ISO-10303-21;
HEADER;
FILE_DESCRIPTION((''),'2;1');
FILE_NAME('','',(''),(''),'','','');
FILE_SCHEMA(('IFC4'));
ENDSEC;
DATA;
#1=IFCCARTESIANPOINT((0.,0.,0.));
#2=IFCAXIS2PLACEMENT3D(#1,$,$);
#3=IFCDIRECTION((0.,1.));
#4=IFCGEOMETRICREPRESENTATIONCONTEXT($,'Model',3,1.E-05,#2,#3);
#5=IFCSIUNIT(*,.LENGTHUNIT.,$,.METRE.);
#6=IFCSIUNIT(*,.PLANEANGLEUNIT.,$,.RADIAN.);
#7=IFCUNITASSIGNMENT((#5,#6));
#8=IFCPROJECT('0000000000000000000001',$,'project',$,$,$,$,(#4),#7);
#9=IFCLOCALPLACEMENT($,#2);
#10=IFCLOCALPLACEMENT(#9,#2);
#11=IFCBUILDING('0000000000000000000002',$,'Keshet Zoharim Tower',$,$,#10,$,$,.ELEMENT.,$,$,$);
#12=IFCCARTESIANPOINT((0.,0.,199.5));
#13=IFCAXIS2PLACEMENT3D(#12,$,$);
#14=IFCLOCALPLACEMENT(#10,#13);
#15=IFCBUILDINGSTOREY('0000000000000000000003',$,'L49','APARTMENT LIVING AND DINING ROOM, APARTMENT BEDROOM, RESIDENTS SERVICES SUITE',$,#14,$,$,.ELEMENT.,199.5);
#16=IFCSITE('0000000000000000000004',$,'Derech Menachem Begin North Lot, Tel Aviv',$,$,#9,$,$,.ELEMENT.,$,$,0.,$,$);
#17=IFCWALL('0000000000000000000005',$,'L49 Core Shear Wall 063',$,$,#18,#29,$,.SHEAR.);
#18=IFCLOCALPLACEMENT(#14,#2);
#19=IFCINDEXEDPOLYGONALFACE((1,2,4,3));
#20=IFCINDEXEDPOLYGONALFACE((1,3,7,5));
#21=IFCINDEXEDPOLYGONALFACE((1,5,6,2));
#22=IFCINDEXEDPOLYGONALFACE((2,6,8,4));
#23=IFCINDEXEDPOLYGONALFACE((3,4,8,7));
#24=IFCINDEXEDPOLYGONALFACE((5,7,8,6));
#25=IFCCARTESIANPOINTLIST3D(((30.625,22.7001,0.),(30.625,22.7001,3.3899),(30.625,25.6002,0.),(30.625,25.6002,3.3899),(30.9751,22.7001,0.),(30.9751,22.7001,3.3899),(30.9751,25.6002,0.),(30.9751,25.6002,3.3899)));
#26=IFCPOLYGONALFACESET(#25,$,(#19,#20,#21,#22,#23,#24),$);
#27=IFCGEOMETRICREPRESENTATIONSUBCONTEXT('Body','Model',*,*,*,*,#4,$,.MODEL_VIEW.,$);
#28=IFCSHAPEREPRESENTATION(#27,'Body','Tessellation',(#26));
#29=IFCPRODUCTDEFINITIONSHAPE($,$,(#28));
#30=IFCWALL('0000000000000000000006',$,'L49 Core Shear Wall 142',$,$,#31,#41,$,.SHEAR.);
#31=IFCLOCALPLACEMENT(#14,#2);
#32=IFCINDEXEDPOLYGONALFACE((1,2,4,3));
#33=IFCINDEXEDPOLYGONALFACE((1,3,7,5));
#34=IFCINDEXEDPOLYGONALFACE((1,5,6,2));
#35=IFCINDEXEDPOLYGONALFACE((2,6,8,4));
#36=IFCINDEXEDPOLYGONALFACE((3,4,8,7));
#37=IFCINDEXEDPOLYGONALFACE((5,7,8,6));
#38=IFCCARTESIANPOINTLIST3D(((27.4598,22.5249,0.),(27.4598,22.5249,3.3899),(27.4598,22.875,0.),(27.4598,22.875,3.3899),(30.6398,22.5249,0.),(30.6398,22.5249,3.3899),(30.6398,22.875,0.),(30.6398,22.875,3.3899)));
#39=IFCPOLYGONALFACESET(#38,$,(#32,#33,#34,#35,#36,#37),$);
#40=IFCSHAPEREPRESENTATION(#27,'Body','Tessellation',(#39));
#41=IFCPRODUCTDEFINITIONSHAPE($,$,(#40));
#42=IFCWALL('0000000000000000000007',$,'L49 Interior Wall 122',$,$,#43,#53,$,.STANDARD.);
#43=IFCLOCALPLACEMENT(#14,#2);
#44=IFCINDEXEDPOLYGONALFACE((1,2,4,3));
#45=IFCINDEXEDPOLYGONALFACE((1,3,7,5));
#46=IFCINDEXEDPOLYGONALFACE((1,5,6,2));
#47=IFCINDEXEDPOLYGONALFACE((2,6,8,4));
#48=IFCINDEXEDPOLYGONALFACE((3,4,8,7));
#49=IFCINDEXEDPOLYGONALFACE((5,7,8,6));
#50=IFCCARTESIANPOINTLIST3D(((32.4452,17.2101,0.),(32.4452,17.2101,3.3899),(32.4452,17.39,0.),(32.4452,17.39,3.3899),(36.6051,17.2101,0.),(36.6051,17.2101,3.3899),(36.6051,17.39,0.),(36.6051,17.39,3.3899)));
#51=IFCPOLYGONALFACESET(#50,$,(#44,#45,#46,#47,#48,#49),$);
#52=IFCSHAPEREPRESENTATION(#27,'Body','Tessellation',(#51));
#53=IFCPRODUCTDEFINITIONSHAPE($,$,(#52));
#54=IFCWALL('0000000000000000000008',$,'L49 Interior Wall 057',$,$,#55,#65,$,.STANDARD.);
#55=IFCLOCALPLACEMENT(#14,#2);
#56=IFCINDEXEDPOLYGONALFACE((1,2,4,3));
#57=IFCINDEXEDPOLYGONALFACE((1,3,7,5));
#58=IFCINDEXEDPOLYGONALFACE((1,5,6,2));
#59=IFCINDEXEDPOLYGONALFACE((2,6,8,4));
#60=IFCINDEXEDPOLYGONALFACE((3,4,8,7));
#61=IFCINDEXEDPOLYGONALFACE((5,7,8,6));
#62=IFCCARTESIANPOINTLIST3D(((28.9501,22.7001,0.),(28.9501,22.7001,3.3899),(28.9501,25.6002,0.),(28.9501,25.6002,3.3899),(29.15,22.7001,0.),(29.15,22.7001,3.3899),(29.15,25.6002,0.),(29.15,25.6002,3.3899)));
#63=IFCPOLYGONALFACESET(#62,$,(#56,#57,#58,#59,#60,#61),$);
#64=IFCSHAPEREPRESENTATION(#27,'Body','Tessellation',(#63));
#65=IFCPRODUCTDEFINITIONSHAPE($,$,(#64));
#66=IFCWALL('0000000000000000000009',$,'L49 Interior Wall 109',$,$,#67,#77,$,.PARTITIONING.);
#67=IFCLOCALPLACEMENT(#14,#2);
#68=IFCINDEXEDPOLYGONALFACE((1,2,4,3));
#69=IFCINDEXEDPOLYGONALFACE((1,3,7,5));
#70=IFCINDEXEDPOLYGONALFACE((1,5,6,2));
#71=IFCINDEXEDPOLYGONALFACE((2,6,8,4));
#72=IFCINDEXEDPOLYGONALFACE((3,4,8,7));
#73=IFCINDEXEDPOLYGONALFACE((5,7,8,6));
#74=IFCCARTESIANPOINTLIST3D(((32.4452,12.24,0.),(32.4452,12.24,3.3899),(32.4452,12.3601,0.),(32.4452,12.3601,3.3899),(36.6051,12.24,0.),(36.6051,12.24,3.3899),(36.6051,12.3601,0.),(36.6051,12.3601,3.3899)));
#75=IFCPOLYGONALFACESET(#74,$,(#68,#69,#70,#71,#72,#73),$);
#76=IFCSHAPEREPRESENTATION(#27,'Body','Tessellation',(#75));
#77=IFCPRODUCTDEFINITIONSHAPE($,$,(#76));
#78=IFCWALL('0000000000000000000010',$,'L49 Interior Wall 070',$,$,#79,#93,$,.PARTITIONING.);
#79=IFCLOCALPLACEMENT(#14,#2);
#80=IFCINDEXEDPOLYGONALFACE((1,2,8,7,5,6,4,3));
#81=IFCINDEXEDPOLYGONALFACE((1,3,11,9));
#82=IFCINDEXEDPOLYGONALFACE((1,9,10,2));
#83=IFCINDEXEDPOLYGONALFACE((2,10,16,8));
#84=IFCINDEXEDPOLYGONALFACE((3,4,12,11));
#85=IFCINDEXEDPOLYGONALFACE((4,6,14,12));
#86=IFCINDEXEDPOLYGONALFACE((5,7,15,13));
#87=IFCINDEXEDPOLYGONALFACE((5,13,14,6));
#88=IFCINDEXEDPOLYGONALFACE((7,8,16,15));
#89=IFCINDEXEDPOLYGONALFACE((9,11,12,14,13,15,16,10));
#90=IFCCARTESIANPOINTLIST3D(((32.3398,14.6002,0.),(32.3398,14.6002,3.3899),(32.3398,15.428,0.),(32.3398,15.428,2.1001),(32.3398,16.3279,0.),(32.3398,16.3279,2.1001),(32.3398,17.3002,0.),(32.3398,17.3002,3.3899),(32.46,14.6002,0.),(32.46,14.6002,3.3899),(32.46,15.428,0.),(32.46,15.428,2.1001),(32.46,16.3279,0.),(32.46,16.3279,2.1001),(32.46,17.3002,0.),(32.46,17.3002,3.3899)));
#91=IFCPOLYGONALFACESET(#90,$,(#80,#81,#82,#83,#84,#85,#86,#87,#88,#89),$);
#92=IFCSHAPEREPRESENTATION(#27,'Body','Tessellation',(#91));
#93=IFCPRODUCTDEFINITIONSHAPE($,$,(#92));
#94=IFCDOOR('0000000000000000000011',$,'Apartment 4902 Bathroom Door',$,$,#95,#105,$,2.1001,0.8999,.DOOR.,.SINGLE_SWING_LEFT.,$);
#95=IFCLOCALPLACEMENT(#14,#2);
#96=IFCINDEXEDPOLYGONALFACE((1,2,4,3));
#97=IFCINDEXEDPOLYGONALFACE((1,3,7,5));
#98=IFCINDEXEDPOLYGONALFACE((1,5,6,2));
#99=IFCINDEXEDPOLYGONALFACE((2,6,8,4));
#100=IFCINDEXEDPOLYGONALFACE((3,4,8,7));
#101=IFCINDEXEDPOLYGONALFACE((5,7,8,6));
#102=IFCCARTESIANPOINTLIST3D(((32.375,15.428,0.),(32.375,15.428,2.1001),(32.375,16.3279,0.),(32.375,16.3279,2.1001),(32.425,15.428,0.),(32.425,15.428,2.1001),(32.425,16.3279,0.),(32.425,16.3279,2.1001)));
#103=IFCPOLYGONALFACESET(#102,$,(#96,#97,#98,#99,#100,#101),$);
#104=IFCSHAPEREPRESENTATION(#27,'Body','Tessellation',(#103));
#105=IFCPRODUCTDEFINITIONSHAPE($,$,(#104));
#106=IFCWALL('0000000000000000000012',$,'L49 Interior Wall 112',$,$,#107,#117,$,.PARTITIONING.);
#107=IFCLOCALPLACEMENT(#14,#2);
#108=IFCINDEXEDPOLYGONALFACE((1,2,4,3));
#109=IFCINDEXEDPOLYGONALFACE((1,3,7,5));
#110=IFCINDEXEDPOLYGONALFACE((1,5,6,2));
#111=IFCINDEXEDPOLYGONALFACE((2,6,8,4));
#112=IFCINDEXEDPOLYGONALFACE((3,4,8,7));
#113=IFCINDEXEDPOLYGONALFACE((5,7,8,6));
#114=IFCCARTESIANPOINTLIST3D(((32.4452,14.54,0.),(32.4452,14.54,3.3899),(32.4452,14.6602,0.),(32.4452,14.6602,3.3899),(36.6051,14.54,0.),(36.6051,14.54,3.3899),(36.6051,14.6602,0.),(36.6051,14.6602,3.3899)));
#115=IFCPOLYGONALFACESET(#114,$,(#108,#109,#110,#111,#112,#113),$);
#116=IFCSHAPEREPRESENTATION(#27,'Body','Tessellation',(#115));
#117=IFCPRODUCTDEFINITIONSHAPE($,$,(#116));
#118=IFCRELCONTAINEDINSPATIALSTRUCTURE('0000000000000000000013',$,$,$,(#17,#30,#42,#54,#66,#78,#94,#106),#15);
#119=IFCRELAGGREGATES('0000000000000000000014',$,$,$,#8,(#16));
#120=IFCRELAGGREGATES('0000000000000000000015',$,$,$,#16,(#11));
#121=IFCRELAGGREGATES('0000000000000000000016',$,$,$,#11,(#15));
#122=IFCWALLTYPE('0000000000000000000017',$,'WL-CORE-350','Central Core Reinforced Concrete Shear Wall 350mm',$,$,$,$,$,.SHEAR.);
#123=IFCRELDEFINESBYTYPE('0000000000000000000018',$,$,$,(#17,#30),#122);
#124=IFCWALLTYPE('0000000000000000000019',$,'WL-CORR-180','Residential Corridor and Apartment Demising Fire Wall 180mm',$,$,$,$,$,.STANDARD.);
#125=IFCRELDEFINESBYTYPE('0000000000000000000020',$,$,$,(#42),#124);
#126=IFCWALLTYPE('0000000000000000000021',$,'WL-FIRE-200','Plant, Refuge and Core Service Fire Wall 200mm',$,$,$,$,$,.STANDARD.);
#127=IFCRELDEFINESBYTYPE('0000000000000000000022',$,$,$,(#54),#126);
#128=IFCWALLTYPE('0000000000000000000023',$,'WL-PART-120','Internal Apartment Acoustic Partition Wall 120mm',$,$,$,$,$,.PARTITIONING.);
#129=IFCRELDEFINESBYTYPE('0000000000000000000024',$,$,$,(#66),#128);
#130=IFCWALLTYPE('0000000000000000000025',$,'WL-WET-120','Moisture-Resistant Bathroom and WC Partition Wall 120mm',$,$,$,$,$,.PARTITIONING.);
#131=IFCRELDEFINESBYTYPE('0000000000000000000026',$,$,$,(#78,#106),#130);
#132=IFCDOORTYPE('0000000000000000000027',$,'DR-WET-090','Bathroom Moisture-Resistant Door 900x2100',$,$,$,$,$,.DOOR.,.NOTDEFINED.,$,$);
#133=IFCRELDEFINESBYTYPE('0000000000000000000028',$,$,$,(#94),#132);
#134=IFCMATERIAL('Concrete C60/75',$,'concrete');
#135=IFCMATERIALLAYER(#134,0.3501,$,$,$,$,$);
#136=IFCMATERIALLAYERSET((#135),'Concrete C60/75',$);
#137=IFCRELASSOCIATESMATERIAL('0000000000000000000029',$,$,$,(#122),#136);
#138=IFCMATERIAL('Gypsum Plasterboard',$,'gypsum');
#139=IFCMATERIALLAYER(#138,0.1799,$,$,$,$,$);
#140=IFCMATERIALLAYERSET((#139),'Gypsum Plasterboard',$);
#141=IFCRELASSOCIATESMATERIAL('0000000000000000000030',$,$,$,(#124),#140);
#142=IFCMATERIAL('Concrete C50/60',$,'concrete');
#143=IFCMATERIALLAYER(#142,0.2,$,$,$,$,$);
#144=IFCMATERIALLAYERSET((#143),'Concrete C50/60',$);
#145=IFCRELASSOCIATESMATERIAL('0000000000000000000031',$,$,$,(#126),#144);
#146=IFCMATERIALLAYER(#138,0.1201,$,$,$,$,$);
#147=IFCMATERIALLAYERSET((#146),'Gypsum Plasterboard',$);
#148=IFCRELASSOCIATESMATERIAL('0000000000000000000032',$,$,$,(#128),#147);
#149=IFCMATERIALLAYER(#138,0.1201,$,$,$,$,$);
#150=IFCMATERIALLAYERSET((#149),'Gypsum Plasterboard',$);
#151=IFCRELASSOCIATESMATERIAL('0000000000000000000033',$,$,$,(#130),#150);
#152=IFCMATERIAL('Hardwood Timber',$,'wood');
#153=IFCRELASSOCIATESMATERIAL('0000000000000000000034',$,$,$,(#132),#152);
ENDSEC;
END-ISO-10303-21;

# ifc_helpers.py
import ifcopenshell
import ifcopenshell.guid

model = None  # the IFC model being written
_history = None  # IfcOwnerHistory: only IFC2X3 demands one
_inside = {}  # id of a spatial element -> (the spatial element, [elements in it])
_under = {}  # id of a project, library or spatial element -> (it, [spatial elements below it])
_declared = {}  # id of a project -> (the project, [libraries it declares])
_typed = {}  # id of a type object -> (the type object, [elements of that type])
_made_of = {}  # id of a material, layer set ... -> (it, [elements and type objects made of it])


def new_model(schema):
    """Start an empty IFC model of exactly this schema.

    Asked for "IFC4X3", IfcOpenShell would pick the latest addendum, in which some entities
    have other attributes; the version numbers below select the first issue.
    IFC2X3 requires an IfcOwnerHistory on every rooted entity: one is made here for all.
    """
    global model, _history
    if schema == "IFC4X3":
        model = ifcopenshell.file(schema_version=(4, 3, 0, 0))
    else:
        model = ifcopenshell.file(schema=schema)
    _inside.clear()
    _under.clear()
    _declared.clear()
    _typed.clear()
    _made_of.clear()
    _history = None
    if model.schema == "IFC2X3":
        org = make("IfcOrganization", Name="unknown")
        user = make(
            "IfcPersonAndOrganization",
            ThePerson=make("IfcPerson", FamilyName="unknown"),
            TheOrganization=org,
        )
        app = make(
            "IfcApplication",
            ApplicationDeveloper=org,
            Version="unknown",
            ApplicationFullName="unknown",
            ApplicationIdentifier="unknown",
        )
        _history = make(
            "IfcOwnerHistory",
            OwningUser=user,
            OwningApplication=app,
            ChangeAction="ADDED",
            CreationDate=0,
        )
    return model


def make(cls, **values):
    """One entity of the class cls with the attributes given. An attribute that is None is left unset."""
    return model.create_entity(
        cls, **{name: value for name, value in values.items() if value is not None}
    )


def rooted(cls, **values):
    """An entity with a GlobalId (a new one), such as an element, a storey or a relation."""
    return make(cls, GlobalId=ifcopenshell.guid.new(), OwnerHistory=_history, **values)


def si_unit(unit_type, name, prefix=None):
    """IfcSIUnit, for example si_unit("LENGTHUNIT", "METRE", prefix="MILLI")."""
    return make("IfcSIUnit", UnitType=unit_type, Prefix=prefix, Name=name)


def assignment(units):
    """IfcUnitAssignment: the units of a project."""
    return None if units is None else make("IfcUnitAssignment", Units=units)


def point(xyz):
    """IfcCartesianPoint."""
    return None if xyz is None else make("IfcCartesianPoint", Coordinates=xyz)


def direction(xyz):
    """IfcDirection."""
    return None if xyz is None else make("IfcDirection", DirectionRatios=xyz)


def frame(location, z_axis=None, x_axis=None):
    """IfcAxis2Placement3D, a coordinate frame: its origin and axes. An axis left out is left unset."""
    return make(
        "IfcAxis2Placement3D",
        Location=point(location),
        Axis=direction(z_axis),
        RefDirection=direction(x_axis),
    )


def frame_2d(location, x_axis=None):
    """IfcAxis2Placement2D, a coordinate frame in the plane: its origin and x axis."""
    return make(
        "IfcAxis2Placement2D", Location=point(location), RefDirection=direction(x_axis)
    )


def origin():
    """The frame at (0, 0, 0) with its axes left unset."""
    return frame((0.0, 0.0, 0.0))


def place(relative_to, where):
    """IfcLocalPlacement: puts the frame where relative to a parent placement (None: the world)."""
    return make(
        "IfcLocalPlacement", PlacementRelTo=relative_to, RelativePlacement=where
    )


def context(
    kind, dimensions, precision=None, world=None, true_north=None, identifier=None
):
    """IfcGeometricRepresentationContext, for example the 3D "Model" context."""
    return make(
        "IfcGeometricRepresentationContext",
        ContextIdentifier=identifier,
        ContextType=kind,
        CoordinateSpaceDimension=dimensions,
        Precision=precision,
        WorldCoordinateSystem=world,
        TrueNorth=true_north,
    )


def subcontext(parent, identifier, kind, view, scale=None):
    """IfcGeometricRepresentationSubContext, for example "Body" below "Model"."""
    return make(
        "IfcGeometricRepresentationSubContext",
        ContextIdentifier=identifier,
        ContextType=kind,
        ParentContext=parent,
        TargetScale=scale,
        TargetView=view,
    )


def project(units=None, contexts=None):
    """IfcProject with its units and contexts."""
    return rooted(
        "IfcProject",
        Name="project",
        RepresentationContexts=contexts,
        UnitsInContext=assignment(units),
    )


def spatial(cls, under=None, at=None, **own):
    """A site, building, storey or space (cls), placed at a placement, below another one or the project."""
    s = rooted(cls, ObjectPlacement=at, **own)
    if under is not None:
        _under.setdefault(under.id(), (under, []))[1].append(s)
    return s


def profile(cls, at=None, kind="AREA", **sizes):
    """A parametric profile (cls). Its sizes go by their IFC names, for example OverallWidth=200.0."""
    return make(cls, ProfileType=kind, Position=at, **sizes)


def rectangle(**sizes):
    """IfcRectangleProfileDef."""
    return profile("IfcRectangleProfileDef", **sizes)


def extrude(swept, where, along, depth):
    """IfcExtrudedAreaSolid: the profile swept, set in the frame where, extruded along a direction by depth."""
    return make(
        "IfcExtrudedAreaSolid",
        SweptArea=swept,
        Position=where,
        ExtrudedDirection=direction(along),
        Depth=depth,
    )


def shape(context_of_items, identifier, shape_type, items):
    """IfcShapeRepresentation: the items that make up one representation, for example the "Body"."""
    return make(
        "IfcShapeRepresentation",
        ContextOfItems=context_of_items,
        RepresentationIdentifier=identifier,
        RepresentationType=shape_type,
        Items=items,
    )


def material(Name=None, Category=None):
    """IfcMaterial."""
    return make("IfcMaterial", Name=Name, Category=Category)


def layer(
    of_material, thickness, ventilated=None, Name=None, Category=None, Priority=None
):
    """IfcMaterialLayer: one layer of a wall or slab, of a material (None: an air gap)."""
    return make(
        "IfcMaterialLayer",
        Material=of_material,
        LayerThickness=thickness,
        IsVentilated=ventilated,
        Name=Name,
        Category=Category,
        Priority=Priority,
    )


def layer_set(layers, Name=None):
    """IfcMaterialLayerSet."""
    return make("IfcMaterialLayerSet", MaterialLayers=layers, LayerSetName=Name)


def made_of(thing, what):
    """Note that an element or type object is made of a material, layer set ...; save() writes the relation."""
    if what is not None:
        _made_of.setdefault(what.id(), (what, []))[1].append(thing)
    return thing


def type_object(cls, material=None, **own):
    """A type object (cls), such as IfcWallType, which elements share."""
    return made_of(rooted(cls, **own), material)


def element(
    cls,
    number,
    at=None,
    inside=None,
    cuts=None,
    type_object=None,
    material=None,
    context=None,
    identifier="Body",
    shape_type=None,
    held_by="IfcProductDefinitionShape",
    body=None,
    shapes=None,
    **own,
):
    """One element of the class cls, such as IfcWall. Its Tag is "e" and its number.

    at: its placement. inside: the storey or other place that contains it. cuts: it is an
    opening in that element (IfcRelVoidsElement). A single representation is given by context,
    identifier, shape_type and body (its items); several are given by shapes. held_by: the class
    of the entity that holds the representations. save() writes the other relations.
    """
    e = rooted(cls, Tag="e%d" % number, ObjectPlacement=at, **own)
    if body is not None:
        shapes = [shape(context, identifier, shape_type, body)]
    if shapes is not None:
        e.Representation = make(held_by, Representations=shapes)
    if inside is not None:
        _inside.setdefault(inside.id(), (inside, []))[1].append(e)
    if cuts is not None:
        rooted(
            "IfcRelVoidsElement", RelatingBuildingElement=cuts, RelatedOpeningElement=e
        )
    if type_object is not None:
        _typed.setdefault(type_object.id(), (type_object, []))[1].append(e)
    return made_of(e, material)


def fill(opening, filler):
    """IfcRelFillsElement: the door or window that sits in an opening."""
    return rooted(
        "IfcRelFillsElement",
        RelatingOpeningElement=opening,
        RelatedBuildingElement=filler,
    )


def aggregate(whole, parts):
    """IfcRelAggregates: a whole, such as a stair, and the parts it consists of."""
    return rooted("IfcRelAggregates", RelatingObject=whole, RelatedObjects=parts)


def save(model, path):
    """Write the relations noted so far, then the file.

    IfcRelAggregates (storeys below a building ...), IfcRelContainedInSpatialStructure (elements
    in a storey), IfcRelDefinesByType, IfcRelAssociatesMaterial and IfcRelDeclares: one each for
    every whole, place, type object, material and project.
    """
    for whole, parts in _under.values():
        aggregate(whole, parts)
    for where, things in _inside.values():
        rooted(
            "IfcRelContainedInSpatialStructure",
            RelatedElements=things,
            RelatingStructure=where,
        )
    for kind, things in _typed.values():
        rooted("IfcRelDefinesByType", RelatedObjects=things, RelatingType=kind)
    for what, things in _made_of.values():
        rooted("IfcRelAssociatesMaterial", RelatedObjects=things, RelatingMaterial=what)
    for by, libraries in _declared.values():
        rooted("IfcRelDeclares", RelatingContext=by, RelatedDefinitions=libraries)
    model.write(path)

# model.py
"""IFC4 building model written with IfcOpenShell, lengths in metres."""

from ifc_helpers import new_model, si_unit, direction, frame, frame_2d, origin, place, context, subcontext, project, spatial, rectangle, extrude, material, layer, layer_set, type_object, element, fill, save


model = new_model("IFC4")

# Units and contexts
model_context = context("Model", 3, precision=1e-05, world=origin(), true_north=direction((0.0, 1.0)))
body_context = subcontext(model_context, "Body", "Model", "MODEL_VIEW")
ifc_project = project(units=[si_unit("LENGTHUNIT", "METRE"), si_unit("PLANEANGLEUNIT", "RADIAN")], contexts=[model_context])

# Site, building, storey
site_placement = place(None, origin())
site = spatial("IfcSite", under=ifc_project, at=site_placement, Name="Derech Menachem Begin North Lot, Tel Aviv", CompositionType="ELEMENT", RefElevation=0.0)
building_placement = place(site_placement, origin())
building = spatial("IfcBuilding", under=site, at=building_placement, Name="Keshet Zoharim Tower", CompositionType="ELEMENT")
storey_placement = place(building_placement, frame((0.0, 0.0, 199.5)))
storey = spatial("IfcBuildingStorey", under=building, at=storey_placement, Name="L49", Description="APARTMENT LIVING AND DINING ROOM, APARTMENT BEDROOM, RESIDENTS SERVICES SUITE", CompositionType="ELEMENT", Elevation=199.5)

# Shared definitions
ifc_material_1 = material(Name="Concrete C60/75", Category="concrete")

# Walls
ifc_layer_1 = layer(ifc_material_1, 0.3501)
ifc_layer_set_1 = layer_set([ifc_layer_1], Name="Concrete C60/75")
wall_type_1 = type_object("IfcWallType", Name="WL-CORE-350", Description="Central Core Reinforced Concrete Shear Wall 350mm", PredefinedType="SHEAR", material=ifc_layer_set_1)
wall_1_placement = place(storey_placement, frame((30.8, 22.7, 0.0), z_axis=(0.0, 0.0, 1.0), x_axis=(0.0, 1.0, 0.0)))
element("IfcWall", 1, at=wall_1_placement, inside=storey, type_object=wall_type_1, Name="L49 Core Shear Wall 063", PredefinedType="SHEAR", context=body_context, shape_type="SweptSolid", body=[
    extrude(rectangle(XDim=2.9001, YDim=0.3501, at=frame_2d((1.4502, 0.0))), origin(), (0.0, 0.0, 1.0), 3.3899),
])
wall_2_placement = place(storey_placement, frame((27.46, 22.7, 0.0), z_axis=(0.0, 0.0, 1.0), x_axis=(1.0, 0.0, 0.0)))
element("IfcWall", 2, at=wall_2_placement, inside=storey, type_object=wall_type_1, Name="L49 Core Shear Wall 142", PredefinedType="SHEAR", context=body_context, shape_type="SweptSolid", body=[
    extrude(rectangle(XDim=3.1799, YDim=0.3501, at=frame_2d((1.5898, 0.0))), origin(), (0.0, 0.0, 1.0), 3.3899),
])

# Shared definitions
ifc_material_2 = material(Name="Gypsum Plasterboard", Category="gypsum")
ifc_layer_2 = layer(ifc_material_2, 0.1799)
ifc_layer_set_2 = layer_set([ifc_layer_2], Name="Gypsum Plasterboard")
wall_type_2 = type_object("IfcWallType", Name="WL-CORR-180", Description="Residential Corridor and Apartment Demising Fire Wall 180mm", PredefinedType="STANDARD", material=ifc_layer_set_2)
ifc_material_3 = material(Name="Hardwood Timber", Category="wood")

# Walls
wall_3_placement = place(storey_placement, frame((32.4451, 17.3, 0.0), z_axis=(0.0, 0.0, 1.0), x_axis=(1.0, 0.0, 0.0)))
element("IfcWall", 3, at=wall_3_placement, inside=storey, type_object=wall_type_2, Name="L49 Interior Wall 122", PredefinedType="STANDARD", context=body_context, shape_type="SweptSolid", body=[
    extrude(rectangle(XDim=4.1599, YDim=0.1799, at=frame_2d((2.0801, 0.0))), origin(), (0.0, 0.0, 1.0), 3.3899),
])
ifc_material_4 = material(Name="Concrete C50/60", Category="concrete")
ifc_layer_3 = layer(ifc_material_4, 0.2)
ifc_layer_set_3 = layer_set([ifc_layer_3], Name="Concrete C50/60")
wall_type_3 = type_object("IfcWallType", Name="WL-FIRE-200", Description="Plant, Refuge and Core Service Fire Wall 200mm", PredefinedType="STANDARD", material=ifc_layer_set_3)
wall_4_placement = place(storey_placement, frame((29.05, 22.7, 0.0), z_axis=(0.0, 0.0, 1.0), x_axis=(0.0, 1.0, 0.0)))
element("IfcWall", 4, at=wall_4_placement, inside=storey, type_object=wall_type_3, Name="L49 Interior Wall 057", PredefinedType="STANDARD", context=body_context, shape_type="SweptSolid", body=[
    extrude(rectangle(XDim=2.9001, YDim=0.2, at=frame_2d((1.4502, 0.0))), origin(), (0.0, 0.0, 1.0), 3.3899),
])
ifc_layer_4 = layer(ifc_material_2, 0.1201)
ifc_layer_set_4 = layer_set([ifc_layer_4], Name="Gypsum Plasterboard")
wall_type_4 = type_object("IfcWallType", Name="WL-PART-120", Description="Internal Apartment Acoustic Partition Wall 120mm", PredefinedType="PARTITIONING", material=ifc_layer_set_4)
wall_5_placement = place(storey_placement, frame((32.4451, 12.3, 0.0), z_axis=(0.0, 0.0, 1.0), x_axis=(1.0, 0.0, 0.0)))
element("IfcWall", 5, at=wall_5_placement, inside=storey, type_object=wall_type_4, Name="L49 Interior Wall 109", PredefinedType="PARTITIONING", context=body_context, shape_type="SweptSolid", body=[
    extrude(rectangle(XDim=4.1599, YDim=0.1201, at=frame_2d((2.0801, 0.0))), origin(), (0.0, 0.0, 1.0), 3.3899),
])

# Wall, opening, door
ifc_layer_5 = layer(ifc_material_2, 0.1201)
ifc_layer_set_5 = layer_set([ifc_layer_5], Name="Gypsum Plasterboard")
wall_type_5 = type_object("IfcWallType", Name="WL-WET-120", Description="Moisture-Resistant Bathroom and WC Partition Wall 120mm", PredefinedType="PARTITIONING", material=ifc_layer_set_5)
wall_6_placement = place(storey_placement, frame((32.3999, 14.6001, 0.0), z_axis=(0.0, 0.0, 1.0), x_axis=(0.0, 1.0, 0.0)))
wall_6 = element("IfcWall", 6, at=wall_6_placement, inside=storey, type_object=wall_type_5, Name="L49 Interior Wall 070", PredefinedType="PARTITIONING", context=body_context, shape_type="SweptSolid", body=[
    extrude(rectangle(XDim=2.7, YDim=0.1201, at=frame_2d((1.3501, 0.0))), origin(), (0.0, 0.0, 1.0), 3.3899),
])
opening_1_placement = place(wall_6_placement, frame((0.8279, 0.0, 0.0)))
opening_1 = element("IfcOpeningElement", 7, at=opening_1_placement, cuts=wall_6, PredefinedType="OPENING", context=body_context, shape_type="SweptSolid", body=[
    extrude(rectangle(XDim=0.8999, YDim=2.1001, at=frame_2d((0.45, 1.05))), frame((0.0, 0.0701, 0.0), z_axis=(0.0, -1.0, 0.0), x_axis=(1.0, 0.0, 0.0)), (0.0, 0.0, 1.0), 0.1401),
])
door_type_1 = type_object("IfcDoorType", Name="DR-WET-090", Description="Bathroom Moisture-Resistant Door 900x2100", OperationType="NOTDEFINED", PredefinedType="DOOR", material=ifc_material_3)
door_1_placement = place(opening_1_placement, origin())
door_1 = element("IfcDoor", 8, at=door_1_placement, inside=storey, type_object=door_type_1, Name="Apartment 4902 Bathroom Door", OperationType="SINGLE_SWING_LEFT", OverallHeight=2.1001, OverallWidth=0.8999, PredefinedType="DOOR", context=body_context, shape_type="SweptSolid", body=[
    extrude(rectangle(XDim=0.8999, YDim=2.1001, at=frame_2d((0.45, 1.05))), frame((0.0, 0.0249, 0.0), z_axis=(0.0, -1.0, 0.0), x_axis=(1.0, 0.0, 0.0)), (0.0, 0.0, 1.0), 0.05),
])
fill(opening_1, door_1)

# Wall
wall_7_placement = place(storey_placement, frame((32.4451, 14.6001, 0.0), z_axis=(0.0, 0.0, 1.0), x_axis=(1.0, 0.0, 0.0)))
element("IfcWall", 9, at=wall_7_placement, inside=storey, type_object=wall_type_5, Name="L49 Interior Wall 112", PredefinedType="PARTITIONING", context=body_context, shape_type="SweptSolid", body=[
    extrude(rectangle(XDim=4.1599, YDim=0.1201, at=frame_2d((2.0801, 0.0))), origin(), (0.0, 0.0, 1.0), 3.3899),
])

save(model, "model.ifc")
